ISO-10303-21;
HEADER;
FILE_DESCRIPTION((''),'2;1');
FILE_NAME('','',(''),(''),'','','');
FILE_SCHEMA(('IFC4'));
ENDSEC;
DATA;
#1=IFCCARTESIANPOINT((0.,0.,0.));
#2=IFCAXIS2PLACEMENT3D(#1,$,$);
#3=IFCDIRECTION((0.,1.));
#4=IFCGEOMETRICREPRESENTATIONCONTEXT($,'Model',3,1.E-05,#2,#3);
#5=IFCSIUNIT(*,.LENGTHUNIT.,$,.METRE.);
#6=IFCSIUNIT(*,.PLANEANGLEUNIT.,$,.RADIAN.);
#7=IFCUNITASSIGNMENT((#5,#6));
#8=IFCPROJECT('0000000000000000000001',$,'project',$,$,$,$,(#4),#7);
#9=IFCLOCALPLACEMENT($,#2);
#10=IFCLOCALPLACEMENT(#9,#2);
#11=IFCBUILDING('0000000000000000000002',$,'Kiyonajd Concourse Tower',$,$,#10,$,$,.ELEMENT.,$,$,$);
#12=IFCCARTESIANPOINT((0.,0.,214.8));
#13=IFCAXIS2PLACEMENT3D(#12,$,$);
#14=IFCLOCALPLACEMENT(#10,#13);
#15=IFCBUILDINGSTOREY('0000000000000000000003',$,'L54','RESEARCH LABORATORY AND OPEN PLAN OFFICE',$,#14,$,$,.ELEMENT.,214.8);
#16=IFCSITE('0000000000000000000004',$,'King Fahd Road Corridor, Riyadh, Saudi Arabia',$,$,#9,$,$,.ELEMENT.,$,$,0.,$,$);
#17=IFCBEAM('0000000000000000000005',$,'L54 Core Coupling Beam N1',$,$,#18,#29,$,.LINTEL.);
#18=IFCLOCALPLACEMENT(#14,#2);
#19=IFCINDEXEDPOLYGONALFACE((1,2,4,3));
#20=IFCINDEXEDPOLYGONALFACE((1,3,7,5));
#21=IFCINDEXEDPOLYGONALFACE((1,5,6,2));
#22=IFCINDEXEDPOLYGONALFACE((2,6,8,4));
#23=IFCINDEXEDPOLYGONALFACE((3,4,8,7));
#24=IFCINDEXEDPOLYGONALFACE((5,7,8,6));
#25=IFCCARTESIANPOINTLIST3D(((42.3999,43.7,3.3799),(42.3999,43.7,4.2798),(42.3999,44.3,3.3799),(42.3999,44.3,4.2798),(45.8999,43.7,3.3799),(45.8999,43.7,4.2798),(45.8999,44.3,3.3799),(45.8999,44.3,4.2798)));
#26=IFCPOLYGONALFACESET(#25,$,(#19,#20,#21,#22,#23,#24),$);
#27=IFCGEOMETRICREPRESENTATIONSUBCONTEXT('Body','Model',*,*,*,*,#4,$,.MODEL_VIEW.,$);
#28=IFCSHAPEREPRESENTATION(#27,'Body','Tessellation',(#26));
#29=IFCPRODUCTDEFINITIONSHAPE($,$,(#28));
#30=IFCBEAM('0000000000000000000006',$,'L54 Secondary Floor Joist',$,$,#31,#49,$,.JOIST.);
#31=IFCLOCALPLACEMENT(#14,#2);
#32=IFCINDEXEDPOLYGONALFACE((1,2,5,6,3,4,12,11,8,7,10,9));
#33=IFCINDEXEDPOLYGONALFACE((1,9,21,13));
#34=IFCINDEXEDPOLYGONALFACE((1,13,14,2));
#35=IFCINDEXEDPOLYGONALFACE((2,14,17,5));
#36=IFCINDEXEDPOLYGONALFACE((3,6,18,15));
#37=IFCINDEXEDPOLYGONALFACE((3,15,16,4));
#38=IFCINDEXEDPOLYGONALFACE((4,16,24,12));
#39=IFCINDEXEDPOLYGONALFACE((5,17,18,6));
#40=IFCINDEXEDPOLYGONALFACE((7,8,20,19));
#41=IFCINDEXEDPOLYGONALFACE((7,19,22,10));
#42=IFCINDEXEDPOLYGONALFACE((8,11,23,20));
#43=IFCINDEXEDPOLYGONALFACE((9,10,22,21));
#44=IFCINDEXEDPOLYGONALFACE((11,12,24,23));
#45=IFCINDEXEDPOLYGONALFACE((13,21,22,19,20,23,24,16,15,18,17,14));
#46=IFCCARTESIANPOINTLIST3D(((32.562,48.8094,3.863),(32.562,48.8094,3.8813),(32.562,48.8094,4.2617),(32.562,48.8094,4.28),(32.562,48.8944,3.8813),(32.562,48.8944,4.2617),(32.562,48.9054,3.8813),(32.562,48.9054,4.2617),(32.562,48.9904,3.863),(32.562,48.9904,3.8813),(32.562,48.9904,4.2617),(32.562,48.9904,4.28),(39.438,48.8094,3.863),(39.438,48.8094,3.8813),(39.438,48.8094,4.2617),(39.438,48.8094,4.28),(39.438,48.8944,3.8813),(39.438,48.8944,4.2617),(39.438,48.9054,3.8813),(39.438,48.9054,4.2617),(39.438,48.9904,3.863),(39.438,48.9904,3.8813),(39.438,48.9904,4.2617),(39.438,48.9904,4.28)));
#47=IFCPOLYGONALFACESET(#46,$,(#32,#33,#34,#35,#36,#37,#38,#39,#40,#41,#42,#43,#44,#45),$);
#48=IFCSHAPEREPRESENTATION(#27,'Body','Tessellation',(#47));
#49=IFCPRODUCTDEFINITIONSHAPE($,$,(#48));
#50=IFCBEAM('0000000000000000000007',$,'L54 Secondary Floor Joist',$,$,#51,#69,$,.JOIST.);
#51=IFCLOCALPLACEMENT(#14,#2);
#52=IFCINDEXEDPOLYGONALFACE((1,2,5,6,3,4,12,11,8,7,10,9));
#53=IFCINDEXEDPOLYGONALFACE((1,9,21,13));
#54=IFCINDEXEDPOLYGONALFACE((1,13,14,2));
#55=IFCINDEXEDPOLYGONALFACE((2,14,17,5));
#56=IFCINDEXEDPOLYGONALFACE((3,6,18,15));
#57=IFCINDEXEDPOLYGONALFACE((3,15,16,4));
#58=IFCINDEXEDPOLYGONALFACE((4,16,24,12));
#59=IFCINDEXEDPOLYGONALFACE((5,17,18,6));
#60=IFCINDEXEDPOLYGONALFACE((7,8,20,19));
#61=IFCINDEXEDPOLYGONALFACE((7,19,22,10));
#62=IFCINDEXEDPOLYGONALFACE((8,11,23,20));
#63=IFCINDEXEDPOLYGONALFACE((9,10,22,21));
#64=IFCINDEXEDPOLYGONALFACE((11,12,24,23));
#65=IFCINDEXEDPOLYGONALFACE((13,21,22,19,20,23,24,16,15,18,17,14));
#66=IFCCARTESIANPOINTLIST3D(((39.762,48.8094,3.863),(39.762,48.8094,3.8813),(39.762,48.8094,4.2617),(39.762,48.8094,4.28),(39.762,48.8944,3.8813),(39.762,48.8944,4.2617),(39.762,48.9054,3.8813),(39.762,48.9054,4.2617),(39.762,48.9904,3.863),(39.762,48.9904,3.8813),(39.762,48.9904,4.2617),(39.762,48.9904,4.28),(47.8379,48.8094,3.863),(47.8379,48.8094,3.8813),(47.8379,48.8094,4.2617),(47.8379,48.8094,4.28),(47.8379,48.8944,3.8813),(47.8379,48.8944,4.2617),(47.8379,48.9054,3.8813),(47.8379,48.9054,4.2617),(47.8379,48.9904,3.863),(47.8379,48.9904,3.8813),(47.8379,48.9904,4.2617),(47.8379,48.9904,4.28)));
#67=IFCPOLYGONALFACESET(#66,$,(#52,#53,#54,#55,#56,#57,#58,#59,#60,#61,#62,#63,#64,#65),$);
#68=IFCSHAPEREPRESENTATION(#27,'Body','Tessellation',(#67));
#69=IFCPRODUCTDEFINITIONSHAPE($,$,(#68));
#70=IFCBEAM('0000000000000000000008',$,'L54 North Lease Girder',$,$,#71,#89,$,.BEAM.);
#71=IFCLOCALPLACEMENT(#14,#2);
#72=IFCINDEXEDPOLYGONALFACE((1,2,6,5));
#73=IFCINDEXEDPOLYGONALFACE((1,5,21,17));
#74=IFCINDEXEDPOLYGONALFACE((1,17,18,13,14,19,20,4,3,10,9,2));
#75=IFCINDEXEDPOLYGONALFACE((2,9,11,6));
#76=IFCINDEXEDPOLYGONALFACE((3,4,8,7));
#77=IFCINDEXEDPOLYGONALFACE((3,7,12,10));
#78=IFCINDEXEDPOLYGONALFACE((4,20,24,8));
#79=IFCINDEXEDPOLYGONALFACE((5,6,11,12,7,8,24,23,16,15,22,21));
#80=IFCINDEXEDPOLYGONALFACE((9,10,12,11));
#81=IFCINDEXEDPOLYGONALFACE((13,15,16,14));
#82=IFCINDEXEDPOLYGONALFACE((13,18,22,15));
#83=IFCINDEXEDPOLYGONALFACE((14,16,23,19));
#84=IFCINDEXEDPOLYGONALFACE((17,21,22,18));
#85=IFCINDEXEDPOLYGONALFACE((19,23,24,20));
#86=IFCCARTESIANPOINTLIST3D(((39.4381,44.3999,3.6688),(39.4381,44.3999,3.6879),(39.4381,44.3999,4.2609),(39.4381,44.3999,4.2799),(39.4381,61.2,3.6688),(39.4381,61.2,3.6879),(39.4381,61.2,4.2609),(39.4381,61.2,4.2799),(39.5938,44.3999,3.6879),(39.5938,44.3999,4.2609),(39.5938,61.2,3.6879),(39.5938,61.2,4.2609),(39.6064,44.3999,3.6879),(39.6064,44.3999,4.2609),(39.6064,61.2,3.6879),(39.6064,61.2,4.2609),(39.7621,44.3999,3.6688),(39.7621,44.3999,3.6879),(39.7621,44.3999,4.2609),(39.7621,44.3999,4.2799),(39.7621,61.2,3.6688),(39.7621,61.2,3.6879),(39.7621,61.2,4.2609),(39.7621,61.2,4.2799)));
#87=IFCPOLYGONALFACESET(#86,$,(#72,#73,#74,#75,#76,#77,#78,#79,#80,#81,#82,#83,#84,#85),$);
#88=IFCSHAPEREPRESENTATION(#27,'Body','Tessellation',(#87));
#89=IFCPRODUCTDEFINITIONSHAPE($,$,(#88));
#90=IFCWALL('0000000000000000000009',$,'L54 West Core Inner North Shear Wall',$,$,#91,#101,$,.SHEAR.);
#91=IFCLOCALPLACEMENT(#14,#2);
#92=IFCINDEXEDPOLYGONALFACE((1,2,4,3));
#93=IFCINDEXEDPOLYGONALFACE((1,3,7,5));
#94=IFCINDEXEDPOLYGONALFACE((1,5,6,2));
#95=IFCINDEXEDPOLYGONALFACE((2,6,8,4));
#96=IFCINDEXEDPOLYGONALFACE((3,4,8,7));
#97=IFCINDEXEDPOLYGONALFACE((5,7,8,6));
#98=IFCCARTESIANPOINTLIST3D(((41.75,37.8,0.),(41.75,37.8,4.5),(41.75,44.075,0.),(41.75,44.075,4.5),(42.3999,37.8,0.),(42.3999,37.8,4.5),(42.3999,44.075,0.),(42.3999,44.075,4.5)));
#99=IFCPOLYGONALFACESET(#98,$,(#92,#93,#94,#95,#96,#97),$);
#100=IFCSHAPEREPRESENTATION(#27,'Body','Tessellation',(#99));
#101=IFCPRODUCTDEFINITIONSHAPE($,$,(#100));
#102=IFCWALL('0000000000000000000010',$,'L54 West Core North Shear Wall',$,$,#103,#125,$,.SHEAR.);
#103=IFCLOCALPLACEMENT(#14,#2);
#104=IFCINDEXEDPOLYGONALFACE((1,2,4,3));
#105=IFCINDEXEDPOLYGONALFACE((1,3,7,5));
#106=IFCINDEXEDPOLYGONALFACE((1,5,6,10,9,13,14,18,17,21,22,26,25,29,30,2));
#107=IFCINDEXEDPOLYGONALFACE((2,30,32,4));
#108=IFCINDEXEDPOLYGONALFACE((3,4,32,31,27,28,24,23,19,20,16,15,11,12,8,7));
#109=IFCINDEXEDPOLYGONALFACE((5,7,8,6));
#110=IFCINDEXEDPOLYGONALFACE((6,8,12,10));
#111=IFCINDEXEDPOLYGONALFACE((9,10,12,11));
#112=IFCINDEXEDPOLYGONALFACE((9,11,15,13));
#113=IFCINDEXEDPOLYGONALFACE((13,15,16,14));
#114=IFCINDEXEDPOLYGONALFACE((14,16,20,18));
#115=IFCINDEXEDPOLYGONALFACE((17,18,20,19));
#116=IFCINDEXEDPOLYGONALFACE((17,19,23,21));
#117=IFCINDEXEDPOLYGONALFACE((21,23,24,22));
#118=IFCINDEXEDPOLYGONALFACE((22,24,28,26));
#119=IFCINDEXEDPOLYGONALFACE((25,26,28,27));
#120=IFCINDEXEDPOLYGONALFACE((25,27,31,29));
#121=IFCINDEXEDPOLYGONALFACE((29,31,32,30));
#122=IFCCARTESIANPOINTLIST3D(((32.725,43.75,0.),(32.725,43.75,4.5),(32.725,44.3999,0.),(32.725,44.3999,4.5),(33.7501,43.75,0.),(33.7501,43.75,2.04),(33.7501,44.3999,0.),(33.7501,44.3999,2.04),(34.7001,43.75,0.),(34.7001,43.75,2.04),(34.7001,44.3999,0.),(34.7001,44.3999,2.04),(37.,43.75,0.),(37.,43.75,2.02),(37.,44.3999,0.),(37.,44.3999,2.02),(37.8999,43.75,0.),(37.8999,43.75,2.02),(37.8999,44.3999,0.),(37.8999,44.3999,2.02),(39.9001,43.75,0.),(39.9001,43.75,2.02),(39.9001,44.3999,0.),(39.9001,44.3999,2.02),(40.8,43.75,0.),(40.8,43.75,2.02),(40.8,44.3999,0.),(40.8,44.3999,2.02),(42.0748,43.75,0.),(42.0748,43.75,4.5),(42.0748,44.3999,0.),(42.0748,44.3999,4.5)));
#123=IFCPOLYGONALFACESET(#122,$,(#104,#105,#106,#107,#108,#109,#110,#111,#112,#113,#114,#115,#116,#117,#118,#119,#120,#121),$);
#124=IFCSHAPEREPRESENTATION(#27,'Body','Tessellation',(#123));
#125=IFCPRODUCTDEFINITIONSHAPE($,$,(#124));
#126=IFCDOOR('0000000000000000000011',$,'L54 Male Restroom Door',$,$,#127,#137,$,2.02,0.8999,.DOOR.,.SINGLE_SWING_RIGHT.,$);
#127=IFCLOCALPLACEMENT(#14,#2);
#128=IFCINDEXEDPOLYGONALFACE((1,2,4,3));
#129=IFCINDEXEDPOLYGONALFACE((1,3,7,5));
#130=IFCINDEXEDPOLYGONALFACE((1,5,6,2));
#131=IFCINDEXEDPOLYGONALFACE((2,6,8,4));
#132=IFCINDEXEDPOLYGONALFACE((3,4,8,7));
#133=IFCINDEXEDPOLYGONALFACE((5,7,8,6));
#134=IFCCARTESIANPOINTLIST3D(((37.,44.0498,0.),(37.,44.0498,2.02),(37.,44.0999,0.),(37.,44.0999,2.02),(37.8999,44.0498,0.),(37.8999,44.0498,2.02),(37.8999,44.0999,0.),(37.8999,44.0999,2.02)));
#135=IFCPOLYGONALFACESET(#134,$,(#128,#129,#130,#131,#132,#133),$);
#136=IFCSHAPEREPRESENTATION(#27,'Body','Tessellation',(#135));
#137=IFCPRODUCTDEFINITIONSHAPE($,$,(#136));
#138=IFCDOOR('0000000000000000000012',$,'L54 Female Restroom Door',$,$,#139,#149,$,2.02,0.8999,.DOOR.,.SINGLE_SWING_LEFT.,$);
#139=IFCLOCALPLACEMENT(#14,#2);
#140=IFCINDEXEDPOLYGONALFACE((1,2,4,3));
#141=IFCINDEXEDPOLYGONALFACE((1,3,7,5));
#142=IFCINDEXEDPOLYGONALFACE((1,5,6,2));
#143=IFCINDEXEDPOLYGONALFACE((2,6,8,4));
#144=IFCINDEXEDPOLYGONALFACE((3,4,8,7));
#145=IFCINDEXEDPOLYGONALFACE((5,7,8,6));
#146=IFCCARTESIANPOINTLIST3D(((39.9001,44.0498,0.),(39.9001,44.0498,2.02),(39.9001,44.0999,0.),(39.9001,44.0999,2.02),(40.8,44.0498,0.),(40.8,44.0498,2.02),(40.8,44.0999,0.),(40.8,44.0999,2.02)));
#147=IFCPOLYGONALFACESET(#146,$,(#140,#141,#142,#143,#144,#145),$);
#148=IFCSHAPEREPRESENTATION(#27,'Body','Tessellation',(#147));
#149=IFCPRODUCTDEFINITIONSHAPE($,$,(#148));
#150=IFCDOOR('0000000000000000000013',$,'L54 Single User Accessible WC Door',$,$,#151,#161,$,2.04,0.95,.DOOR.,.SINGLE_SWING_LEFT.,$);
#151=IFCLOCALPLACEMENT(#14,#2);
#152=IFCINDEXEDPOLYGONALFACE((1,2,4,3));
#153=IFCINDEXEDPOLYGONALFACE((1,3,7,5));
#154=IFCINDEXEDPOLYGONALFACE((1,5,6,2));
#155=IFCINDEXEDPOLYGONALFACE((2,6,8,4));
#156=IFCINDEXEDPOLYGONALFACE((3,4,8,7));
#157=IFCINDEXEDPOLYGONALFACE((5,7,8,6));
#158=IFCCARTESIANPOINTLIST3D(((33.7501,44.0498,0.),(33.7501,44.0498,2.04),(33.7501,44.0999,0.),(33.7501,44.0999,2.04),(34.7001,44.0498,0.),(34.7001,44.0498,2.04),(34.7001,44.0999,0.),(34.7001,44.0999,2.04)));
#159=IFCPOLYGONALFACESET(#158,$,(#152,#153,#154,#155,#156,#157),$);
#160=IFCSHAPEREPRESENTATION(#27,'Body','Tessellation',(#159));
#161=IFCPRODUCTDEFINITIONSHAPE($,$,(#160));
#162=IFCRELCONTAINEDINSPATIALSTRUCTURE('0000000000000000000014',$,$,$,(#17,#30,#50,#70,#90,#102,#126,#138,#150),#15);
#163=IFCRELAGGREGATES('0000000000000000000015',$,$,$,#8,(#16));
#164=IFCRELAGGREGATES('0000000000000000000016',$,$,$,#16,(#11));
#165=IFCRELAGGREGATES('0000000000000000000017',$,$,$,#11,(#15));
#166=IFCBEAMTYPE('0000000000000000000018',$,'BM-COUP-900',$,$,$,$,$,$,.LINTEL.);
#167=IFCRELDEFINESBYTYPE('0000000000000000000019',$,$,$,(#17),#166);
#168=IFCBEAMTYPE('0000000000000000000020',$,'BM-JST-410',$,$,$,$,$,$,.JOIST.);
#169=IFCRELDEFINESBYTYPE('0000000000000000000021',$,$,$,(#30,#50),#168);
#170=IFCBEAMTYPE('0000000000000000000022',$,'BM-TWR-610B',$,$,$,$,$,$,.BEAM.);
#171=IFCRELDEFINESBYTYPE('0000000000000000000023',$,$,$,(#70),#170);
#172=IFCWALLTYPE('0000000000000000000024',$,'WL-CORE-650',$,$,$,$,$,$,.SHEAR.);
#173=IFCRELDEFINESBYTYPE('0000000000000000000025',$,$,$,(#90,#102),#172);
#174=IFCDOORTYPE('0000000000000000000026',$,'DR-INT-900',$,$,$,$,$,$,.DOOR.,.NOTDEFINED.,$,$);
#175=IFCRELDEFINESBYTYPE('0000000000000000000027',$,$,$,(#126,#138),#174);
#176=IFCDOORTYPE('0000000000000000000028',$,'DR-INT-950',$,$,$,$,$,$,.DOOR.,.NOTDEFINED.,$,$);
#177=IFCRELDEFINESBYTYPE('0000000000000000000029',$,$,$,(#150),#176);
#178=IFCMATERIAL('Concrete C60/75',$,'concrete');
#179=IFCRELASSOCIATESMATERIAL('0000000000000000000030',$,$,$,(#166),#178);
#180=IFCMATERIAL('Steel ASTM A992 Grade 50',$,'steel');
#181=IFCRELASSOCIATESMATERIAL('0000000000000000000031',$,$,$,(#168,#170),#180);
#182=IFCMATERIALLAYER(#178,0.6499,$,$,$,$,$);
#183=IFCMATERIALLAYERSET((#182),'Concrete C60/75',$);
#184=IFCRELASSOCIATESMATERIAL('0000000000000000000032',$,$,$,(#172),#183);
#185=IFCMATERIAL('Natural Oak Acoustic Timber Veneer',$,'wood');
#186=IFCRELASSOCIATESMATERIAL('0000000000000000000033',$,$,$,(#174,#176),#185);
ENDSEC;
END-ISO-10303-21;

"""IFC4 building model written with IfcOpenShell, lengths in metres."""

from ifc_helpers import new_model, si_unit, direction, frame, frame_2d, origin, origin_2d, place, context, subcontext, project, spatial, rectangle, i_section, extrude, material, layer, layer_set, material_profile, profile_set, type_object, element, fill, save


model = new_model("IFC4")

# Units and contexts
model_context = context("Model", 3, precision=1e-05, world=origin(), true_north=direction((0.0, 1.0)))
body_context = subcontext(model_context, "Body", "Model", "MODEL_VIEW")
ifc_project = project(units=[si_unit("LENGTHUNIT", "METRE"), si_unit("PLANEANGLEUNIT", "RADIAN")], contexts=[model_context])

# Site, building, storey
site_placement = place(None, origin())
site = spatial("IfcSite", under=ifc_project, at=site_placement, Name="King Fahd Road Corridor, Riyadh, Saudi Arabia", CompositionType="ELEMENT", RefElevation=0.0)
building_placement = place(site_placement, origin())
building = spatial("IfcBuilding", under=site, at=building_placement, Name="Kiyonajd Concourse Tower", CompositionType="ELEMENT")
storey_placement = place(building_placement, frame((0.0, 0.0, 214.8)))
storey = spatial("IfcBuildingStorey", under=building, at=storey_placement, Name="L54", Description="RESEARCH LABORATORY AND OPEN PLAN OFFICE", CompositionType="ELEMENT", Elevation=214.8)

# Beams
ifc_material_1 = material(Name="Concrete C60/75", Category="concrete")
ifc_material_profile_1 = material_profile(ifc_material_1, rectangle(XDim=0.6001, YDim=0.8999, at=origin_2d()), Name="RCBM-600x900")
ifc_profile_set_1 = profile_set([ifc_material_profile_1], Name="Concrete C60/75")
beam_type_1 = type_object("IfcBeamType", Name="BM-COUP-900", PredefinedType="LINTEL", material=ifc_profile_set_1)
beam_1_placement = place(storey_placement, frame((42.3999, 44.0, 3.8298), z_axis=(1.0, 0.0, 0.0), x_axis=(0.0, 1.0, 0.0)))
element("IfcBeam", 1, at=beam_1_placement, inside=storey, type_object=beam_type_1, Name="L54 Core Coupling Beam N1", PredefinedType="LINTEL", context=body_context, shape_type="SweptSolid", body=[
    extrude(rectangle(XDim=0.6001, YDim=0.8999, at=origin_2d()), origin(), (0.0, 0.0, 1.0), 3.5),
])
ifc_material_2 = material(Name="Steel ASTM A992 Grade 50", Category="steel")
ifc_material_profile_2 = material_profile(ifc_material_2, i_section(OverallWidth=0.1809, OverallDepth=0.417, WebThickness=0.011, FlangeThickness=0.0183, at=origin_2d()), Name="W410X85")
ifc_profile_set_2 = profile_set([ifc_material_profile_2], Name="Steel ASTM A992 Grade 50")
beam_type_2 = type_object("IfcBeamType", Name="BM-JST-410", PredefinedType="JOIST", material=ifc_profile_set_2)
beam_2_placement = place(storey_placement, frame((32.562, 48.8999, 4.0715), z_axis=(1.0, 0.0, 0.0), x_axis=(0.0, 1.0, 0.0)))
element("IfcBeam", 2, at=beam_2_placement, inside=storey, type_object=beam_type_2, Name="L54 Secondary Floor Joist", PredefinedType="JOIST", context=body_context, shape_type="SweptSolid", body=[
    extrude(i_section(OverallWidth=0.1809, OverallDepth=0.417, WebThickness=0.011, FlangeThickness=0.0183, at=origin_2d()), origin(), (0.0, 0.0, 1.0), 6.876),
])
beam_3_placement = place(storey_placement, frame((39.762, 48.8999, 4.0715), z_axis=(1.0, 0.0, 0.0), x_axis=(0.0, 1.0, 0.0)))
element("IfcBeam", 3, at=beam_3_placement, inside=storey, type_object=beam_type_2, Name="L54 Secondary Floor Joist", PredefinedType="JOIST", context=body_context, shape_type="SweptSolid", body=[
    extrude(i_section(OverallWidth=0.1809, OverallDepth=0.417, WebThickness=0.011, FlangeThickness=0.0183, at=origin_2d()), origin(), (0.0, 0.0, 1.0), 8.0759),
])
ifc_material_profile_3 = material_profile(ifc_material_2, i_section(OverallWidth=0.324, OverallDepth=0.6111, WebThickness=0.0127, FlangeThickness=0.019, at=origin_2d()), Name="W610X155")
ifc_profile_set_3 = profile_set([ifc_material_profile_3], Name="Steel ASTM A992 Grade 50")
beam_type_3 = type_object("IfcBeamType", Name="BM-TWR-610B", PredefinedType="BEAM", material=ifc_profile_set_3)
beam_4_placement = place(storey_placement, frame((39.6001, 44.3999, 3.9744), z_axis=(0.0, 1.0, 0.0), x_axis=(-1.0, 0.0, 0.0)))
element("IfcBeam", 4, at=beam_4_placement, inside=storey, type_object=beam_type_3, Name="L54 North Lease Girder", PredefinedType="BEAM", context=body_context, shape_type="SweptSolid", body=[
    extrude(i_section(OverallWidth=0.324, OverallDepth=0.6111, WebThickness=0.0127, FlangeThickness=0.019, at=origin_2d()), origin(), (0.0, 0.0, 1.0), 16.8),
])

# Wall
ifc_layer_1 = layer(ifc_material_1, 0.6499)
ifc_layer_set_1 = layer_set([ifc_layer_1], Name="Concrete C60/75")
wall_type_1 = type_object("IfcWallType", Name="WL-CORE-650", PredefinedType="SHEAR", material=ifc_layer_set_1)
wall_1_placement = place(storey_placement, frame((42.075, 37.8, 0.0), z_axis=(0.0, 0.0, 1.0), x_axis=(0.0, 1.0, 0.0)))
element("IfcWall", 5, at=wall_1_placement, inside=storey, type_object=wall_type_1, Name="L54 West Core Inner North Shear Wall", PredefinedType="SHEAR", context=body_context, shape_type="SweptSolid", body=[
    extrude(rectangle(XDim=6.2749, YDim=0.6499, at=frame_2d((3.1375, 0.0))), origin(), (0.0, 0.0, 1.0), 4.5),
])

# Wall, openings, doors
wall_2_placement = place(storey_placement, frame((32.7251, 44.075, 0.0), z_axis=(0.0, 0.0, 1.0), x_axis=(1.0, 0.0, 0.0)))
wall_2 = element("IfcWall", 6, at=wall_2_placement, inside=storey, type_object=wall_type_1, Name="L54 West Core North Shear Wall", PredefinedType="SHEAR", context=body_context, shape_type="SweptSolid", body=[
    extrude(rectangle(XDim=9.3499, YDim=0.6499, at=frame_2d((4.6748, 0.0))), origin(), (0.0, 0.0, 1.0), 4.5),
])
opening_1_placement = place(wall_2_placement, frame((1.0249, 0.0, 0.0)))
opening_1 = element("IfcOpeningElement", 7, at=opening_1_placement, cuts=wall_2, PredefinedType="OPENING", context=body_context, shape_type="SweptSolid", body=[
    extrude(rectangle(XDim=0.95, YDim=2.04, at=frame_2d((0.4751, 1.02))), frame((0.0, 0.335, 0.0), z_axis=(0.0, -1.0, 0.0), x_axis=(1.0, 0.0, 0.0)), (0.0, 0.0, 1.0), 0.6699),
])
opening_2_placement = place(wall_2_placement, frame((4.2749, 0.0, 0.0)))
opening_2 = element("IfcOpeningElement", 8, at=opening_2_placement, cuts=wall_2, PredefinedType="OPENING", context=body_context, shape_type="SweptSolid", body=[
    extrude(rectangle(XDim=0.8999, YDim=2.02, at=frame_2d((0.45, 1.01))), frame((0.0, 0.335, 0.0), z_axis=(0.0, -1.0, 0.0), x_axis=(1.0, 0.0, 0.0)), (0.0, 0.0, 1.0), 0.6699),
])
opening_3_placement = place(wall_2_placement, frame((7.175, 0.0, 0.0)))
opening_3 = element("IfcOpeningElement", 9, at=opening_3_placement, cuts=wall_2, PredefinedType="OPENING", context=body_context, shape_type="SweptSolid", body=[
    extrude(rectangle(XDim=0.8999, YDim=2.02, at=frame_2d((0.45, 1.01))), frame((0.0, 0.335, 0.0), z_axis=(0.0, -1.0, 0.0), x_axis=(1.0, 0.0, 0.0)), (0.0, 0.0, 1.0), 0.6699),
])
ifc_material_3 = material(Name="Natural Oak Acoustic Timber Veneer", Category="wood")
door_type_1 = type_object("IfcDoorType", Name="DR-INT-900", OperationType="NOTDEFINED", PredefinedType="DOOR", material=ifc_material_3)
door_1_placement = place(opening_2_placement, origin())
door_1 = element("IfcDoor", 10, at=door_1_placement, inside=storey, type_object=door_type_1, Name="L54 Male Restroom Door", OperationType="SINGLE_SWING_RIGHT", OverallHeight=2.02, OverallWidth=0.8999, PredefinedType="DOOR", context=body_context, shape_type="SweptSolid", body=[
    extrude(rectangle(XDim=0.8999, YDim=2.02, at=frame_2d((0.45, 1.01))), frame((0.0, 0.0249, 0.0), z_axis=(0.0, -1.0, 0.0), x_axis=(1.0, 0.0, 0.0)), (0.0, 0.0, 1.0), 0.05),
])
fill(opening_2, door_1)
door_2_placement = place(opening_3_placement, origin())
door_2 = element("IfcDoor", 11, at=door_2_placement, inside=storey, type_object=door_type_1, Name="L54 Female Restroom Door", OperationType="SINGLE_SWING_LEFT", OverallHeight=2.02, OverallWidth=0.8999, PredefinedType="DOOR", context=body_context, shape_type="SweptSolid", body=[
    extrude(rectangle(XDim=0.8999, YDim=2.02, at=frame_2d((0.45, 1.01))), frame((0.0, 0.0249, 0.0), z_axis=(0.0, -1.0, 0.0), x_axis=(1.0, 0.0, 0.0)), (0.0, 0.0, 1.0), 0.05),
])
fill(opening_3, door_2)
door_type_2 = type_object("IfcDoorType", Name="DR-INT-950", OperationType="NOTDEFINED", PredefinedType="DOOR", material=ifc_material_3)
door_3_placement = place(opening_1_placement, origin())
door_3 = element("IfcDoor", 12, at=door_3_placement, inside=storey, type_object=door_type_2, Name="L54 Single User Accessible WC Door", OperationType="SINGLE_SWING_LEFT", OverallHeight=2.04, OverallWidth=0.95, PredefinedType="DOOR", context=body_context, shape_type="SweptSolid", body=[
    extrude(rectangle(XDim=0.95, YDim=2.04, at=frame_2d((0.4751, 1.02))), frame((0.0, 0.0249, 0.0), z_axis=(0.0, -1.0, 0.0), x_axis=(1.0, 0.0, 0.0)), (0.0, 0.0, 1.0), 0.05),
])
fill(opening_1, door_3)

save(model, "model.ifc")
